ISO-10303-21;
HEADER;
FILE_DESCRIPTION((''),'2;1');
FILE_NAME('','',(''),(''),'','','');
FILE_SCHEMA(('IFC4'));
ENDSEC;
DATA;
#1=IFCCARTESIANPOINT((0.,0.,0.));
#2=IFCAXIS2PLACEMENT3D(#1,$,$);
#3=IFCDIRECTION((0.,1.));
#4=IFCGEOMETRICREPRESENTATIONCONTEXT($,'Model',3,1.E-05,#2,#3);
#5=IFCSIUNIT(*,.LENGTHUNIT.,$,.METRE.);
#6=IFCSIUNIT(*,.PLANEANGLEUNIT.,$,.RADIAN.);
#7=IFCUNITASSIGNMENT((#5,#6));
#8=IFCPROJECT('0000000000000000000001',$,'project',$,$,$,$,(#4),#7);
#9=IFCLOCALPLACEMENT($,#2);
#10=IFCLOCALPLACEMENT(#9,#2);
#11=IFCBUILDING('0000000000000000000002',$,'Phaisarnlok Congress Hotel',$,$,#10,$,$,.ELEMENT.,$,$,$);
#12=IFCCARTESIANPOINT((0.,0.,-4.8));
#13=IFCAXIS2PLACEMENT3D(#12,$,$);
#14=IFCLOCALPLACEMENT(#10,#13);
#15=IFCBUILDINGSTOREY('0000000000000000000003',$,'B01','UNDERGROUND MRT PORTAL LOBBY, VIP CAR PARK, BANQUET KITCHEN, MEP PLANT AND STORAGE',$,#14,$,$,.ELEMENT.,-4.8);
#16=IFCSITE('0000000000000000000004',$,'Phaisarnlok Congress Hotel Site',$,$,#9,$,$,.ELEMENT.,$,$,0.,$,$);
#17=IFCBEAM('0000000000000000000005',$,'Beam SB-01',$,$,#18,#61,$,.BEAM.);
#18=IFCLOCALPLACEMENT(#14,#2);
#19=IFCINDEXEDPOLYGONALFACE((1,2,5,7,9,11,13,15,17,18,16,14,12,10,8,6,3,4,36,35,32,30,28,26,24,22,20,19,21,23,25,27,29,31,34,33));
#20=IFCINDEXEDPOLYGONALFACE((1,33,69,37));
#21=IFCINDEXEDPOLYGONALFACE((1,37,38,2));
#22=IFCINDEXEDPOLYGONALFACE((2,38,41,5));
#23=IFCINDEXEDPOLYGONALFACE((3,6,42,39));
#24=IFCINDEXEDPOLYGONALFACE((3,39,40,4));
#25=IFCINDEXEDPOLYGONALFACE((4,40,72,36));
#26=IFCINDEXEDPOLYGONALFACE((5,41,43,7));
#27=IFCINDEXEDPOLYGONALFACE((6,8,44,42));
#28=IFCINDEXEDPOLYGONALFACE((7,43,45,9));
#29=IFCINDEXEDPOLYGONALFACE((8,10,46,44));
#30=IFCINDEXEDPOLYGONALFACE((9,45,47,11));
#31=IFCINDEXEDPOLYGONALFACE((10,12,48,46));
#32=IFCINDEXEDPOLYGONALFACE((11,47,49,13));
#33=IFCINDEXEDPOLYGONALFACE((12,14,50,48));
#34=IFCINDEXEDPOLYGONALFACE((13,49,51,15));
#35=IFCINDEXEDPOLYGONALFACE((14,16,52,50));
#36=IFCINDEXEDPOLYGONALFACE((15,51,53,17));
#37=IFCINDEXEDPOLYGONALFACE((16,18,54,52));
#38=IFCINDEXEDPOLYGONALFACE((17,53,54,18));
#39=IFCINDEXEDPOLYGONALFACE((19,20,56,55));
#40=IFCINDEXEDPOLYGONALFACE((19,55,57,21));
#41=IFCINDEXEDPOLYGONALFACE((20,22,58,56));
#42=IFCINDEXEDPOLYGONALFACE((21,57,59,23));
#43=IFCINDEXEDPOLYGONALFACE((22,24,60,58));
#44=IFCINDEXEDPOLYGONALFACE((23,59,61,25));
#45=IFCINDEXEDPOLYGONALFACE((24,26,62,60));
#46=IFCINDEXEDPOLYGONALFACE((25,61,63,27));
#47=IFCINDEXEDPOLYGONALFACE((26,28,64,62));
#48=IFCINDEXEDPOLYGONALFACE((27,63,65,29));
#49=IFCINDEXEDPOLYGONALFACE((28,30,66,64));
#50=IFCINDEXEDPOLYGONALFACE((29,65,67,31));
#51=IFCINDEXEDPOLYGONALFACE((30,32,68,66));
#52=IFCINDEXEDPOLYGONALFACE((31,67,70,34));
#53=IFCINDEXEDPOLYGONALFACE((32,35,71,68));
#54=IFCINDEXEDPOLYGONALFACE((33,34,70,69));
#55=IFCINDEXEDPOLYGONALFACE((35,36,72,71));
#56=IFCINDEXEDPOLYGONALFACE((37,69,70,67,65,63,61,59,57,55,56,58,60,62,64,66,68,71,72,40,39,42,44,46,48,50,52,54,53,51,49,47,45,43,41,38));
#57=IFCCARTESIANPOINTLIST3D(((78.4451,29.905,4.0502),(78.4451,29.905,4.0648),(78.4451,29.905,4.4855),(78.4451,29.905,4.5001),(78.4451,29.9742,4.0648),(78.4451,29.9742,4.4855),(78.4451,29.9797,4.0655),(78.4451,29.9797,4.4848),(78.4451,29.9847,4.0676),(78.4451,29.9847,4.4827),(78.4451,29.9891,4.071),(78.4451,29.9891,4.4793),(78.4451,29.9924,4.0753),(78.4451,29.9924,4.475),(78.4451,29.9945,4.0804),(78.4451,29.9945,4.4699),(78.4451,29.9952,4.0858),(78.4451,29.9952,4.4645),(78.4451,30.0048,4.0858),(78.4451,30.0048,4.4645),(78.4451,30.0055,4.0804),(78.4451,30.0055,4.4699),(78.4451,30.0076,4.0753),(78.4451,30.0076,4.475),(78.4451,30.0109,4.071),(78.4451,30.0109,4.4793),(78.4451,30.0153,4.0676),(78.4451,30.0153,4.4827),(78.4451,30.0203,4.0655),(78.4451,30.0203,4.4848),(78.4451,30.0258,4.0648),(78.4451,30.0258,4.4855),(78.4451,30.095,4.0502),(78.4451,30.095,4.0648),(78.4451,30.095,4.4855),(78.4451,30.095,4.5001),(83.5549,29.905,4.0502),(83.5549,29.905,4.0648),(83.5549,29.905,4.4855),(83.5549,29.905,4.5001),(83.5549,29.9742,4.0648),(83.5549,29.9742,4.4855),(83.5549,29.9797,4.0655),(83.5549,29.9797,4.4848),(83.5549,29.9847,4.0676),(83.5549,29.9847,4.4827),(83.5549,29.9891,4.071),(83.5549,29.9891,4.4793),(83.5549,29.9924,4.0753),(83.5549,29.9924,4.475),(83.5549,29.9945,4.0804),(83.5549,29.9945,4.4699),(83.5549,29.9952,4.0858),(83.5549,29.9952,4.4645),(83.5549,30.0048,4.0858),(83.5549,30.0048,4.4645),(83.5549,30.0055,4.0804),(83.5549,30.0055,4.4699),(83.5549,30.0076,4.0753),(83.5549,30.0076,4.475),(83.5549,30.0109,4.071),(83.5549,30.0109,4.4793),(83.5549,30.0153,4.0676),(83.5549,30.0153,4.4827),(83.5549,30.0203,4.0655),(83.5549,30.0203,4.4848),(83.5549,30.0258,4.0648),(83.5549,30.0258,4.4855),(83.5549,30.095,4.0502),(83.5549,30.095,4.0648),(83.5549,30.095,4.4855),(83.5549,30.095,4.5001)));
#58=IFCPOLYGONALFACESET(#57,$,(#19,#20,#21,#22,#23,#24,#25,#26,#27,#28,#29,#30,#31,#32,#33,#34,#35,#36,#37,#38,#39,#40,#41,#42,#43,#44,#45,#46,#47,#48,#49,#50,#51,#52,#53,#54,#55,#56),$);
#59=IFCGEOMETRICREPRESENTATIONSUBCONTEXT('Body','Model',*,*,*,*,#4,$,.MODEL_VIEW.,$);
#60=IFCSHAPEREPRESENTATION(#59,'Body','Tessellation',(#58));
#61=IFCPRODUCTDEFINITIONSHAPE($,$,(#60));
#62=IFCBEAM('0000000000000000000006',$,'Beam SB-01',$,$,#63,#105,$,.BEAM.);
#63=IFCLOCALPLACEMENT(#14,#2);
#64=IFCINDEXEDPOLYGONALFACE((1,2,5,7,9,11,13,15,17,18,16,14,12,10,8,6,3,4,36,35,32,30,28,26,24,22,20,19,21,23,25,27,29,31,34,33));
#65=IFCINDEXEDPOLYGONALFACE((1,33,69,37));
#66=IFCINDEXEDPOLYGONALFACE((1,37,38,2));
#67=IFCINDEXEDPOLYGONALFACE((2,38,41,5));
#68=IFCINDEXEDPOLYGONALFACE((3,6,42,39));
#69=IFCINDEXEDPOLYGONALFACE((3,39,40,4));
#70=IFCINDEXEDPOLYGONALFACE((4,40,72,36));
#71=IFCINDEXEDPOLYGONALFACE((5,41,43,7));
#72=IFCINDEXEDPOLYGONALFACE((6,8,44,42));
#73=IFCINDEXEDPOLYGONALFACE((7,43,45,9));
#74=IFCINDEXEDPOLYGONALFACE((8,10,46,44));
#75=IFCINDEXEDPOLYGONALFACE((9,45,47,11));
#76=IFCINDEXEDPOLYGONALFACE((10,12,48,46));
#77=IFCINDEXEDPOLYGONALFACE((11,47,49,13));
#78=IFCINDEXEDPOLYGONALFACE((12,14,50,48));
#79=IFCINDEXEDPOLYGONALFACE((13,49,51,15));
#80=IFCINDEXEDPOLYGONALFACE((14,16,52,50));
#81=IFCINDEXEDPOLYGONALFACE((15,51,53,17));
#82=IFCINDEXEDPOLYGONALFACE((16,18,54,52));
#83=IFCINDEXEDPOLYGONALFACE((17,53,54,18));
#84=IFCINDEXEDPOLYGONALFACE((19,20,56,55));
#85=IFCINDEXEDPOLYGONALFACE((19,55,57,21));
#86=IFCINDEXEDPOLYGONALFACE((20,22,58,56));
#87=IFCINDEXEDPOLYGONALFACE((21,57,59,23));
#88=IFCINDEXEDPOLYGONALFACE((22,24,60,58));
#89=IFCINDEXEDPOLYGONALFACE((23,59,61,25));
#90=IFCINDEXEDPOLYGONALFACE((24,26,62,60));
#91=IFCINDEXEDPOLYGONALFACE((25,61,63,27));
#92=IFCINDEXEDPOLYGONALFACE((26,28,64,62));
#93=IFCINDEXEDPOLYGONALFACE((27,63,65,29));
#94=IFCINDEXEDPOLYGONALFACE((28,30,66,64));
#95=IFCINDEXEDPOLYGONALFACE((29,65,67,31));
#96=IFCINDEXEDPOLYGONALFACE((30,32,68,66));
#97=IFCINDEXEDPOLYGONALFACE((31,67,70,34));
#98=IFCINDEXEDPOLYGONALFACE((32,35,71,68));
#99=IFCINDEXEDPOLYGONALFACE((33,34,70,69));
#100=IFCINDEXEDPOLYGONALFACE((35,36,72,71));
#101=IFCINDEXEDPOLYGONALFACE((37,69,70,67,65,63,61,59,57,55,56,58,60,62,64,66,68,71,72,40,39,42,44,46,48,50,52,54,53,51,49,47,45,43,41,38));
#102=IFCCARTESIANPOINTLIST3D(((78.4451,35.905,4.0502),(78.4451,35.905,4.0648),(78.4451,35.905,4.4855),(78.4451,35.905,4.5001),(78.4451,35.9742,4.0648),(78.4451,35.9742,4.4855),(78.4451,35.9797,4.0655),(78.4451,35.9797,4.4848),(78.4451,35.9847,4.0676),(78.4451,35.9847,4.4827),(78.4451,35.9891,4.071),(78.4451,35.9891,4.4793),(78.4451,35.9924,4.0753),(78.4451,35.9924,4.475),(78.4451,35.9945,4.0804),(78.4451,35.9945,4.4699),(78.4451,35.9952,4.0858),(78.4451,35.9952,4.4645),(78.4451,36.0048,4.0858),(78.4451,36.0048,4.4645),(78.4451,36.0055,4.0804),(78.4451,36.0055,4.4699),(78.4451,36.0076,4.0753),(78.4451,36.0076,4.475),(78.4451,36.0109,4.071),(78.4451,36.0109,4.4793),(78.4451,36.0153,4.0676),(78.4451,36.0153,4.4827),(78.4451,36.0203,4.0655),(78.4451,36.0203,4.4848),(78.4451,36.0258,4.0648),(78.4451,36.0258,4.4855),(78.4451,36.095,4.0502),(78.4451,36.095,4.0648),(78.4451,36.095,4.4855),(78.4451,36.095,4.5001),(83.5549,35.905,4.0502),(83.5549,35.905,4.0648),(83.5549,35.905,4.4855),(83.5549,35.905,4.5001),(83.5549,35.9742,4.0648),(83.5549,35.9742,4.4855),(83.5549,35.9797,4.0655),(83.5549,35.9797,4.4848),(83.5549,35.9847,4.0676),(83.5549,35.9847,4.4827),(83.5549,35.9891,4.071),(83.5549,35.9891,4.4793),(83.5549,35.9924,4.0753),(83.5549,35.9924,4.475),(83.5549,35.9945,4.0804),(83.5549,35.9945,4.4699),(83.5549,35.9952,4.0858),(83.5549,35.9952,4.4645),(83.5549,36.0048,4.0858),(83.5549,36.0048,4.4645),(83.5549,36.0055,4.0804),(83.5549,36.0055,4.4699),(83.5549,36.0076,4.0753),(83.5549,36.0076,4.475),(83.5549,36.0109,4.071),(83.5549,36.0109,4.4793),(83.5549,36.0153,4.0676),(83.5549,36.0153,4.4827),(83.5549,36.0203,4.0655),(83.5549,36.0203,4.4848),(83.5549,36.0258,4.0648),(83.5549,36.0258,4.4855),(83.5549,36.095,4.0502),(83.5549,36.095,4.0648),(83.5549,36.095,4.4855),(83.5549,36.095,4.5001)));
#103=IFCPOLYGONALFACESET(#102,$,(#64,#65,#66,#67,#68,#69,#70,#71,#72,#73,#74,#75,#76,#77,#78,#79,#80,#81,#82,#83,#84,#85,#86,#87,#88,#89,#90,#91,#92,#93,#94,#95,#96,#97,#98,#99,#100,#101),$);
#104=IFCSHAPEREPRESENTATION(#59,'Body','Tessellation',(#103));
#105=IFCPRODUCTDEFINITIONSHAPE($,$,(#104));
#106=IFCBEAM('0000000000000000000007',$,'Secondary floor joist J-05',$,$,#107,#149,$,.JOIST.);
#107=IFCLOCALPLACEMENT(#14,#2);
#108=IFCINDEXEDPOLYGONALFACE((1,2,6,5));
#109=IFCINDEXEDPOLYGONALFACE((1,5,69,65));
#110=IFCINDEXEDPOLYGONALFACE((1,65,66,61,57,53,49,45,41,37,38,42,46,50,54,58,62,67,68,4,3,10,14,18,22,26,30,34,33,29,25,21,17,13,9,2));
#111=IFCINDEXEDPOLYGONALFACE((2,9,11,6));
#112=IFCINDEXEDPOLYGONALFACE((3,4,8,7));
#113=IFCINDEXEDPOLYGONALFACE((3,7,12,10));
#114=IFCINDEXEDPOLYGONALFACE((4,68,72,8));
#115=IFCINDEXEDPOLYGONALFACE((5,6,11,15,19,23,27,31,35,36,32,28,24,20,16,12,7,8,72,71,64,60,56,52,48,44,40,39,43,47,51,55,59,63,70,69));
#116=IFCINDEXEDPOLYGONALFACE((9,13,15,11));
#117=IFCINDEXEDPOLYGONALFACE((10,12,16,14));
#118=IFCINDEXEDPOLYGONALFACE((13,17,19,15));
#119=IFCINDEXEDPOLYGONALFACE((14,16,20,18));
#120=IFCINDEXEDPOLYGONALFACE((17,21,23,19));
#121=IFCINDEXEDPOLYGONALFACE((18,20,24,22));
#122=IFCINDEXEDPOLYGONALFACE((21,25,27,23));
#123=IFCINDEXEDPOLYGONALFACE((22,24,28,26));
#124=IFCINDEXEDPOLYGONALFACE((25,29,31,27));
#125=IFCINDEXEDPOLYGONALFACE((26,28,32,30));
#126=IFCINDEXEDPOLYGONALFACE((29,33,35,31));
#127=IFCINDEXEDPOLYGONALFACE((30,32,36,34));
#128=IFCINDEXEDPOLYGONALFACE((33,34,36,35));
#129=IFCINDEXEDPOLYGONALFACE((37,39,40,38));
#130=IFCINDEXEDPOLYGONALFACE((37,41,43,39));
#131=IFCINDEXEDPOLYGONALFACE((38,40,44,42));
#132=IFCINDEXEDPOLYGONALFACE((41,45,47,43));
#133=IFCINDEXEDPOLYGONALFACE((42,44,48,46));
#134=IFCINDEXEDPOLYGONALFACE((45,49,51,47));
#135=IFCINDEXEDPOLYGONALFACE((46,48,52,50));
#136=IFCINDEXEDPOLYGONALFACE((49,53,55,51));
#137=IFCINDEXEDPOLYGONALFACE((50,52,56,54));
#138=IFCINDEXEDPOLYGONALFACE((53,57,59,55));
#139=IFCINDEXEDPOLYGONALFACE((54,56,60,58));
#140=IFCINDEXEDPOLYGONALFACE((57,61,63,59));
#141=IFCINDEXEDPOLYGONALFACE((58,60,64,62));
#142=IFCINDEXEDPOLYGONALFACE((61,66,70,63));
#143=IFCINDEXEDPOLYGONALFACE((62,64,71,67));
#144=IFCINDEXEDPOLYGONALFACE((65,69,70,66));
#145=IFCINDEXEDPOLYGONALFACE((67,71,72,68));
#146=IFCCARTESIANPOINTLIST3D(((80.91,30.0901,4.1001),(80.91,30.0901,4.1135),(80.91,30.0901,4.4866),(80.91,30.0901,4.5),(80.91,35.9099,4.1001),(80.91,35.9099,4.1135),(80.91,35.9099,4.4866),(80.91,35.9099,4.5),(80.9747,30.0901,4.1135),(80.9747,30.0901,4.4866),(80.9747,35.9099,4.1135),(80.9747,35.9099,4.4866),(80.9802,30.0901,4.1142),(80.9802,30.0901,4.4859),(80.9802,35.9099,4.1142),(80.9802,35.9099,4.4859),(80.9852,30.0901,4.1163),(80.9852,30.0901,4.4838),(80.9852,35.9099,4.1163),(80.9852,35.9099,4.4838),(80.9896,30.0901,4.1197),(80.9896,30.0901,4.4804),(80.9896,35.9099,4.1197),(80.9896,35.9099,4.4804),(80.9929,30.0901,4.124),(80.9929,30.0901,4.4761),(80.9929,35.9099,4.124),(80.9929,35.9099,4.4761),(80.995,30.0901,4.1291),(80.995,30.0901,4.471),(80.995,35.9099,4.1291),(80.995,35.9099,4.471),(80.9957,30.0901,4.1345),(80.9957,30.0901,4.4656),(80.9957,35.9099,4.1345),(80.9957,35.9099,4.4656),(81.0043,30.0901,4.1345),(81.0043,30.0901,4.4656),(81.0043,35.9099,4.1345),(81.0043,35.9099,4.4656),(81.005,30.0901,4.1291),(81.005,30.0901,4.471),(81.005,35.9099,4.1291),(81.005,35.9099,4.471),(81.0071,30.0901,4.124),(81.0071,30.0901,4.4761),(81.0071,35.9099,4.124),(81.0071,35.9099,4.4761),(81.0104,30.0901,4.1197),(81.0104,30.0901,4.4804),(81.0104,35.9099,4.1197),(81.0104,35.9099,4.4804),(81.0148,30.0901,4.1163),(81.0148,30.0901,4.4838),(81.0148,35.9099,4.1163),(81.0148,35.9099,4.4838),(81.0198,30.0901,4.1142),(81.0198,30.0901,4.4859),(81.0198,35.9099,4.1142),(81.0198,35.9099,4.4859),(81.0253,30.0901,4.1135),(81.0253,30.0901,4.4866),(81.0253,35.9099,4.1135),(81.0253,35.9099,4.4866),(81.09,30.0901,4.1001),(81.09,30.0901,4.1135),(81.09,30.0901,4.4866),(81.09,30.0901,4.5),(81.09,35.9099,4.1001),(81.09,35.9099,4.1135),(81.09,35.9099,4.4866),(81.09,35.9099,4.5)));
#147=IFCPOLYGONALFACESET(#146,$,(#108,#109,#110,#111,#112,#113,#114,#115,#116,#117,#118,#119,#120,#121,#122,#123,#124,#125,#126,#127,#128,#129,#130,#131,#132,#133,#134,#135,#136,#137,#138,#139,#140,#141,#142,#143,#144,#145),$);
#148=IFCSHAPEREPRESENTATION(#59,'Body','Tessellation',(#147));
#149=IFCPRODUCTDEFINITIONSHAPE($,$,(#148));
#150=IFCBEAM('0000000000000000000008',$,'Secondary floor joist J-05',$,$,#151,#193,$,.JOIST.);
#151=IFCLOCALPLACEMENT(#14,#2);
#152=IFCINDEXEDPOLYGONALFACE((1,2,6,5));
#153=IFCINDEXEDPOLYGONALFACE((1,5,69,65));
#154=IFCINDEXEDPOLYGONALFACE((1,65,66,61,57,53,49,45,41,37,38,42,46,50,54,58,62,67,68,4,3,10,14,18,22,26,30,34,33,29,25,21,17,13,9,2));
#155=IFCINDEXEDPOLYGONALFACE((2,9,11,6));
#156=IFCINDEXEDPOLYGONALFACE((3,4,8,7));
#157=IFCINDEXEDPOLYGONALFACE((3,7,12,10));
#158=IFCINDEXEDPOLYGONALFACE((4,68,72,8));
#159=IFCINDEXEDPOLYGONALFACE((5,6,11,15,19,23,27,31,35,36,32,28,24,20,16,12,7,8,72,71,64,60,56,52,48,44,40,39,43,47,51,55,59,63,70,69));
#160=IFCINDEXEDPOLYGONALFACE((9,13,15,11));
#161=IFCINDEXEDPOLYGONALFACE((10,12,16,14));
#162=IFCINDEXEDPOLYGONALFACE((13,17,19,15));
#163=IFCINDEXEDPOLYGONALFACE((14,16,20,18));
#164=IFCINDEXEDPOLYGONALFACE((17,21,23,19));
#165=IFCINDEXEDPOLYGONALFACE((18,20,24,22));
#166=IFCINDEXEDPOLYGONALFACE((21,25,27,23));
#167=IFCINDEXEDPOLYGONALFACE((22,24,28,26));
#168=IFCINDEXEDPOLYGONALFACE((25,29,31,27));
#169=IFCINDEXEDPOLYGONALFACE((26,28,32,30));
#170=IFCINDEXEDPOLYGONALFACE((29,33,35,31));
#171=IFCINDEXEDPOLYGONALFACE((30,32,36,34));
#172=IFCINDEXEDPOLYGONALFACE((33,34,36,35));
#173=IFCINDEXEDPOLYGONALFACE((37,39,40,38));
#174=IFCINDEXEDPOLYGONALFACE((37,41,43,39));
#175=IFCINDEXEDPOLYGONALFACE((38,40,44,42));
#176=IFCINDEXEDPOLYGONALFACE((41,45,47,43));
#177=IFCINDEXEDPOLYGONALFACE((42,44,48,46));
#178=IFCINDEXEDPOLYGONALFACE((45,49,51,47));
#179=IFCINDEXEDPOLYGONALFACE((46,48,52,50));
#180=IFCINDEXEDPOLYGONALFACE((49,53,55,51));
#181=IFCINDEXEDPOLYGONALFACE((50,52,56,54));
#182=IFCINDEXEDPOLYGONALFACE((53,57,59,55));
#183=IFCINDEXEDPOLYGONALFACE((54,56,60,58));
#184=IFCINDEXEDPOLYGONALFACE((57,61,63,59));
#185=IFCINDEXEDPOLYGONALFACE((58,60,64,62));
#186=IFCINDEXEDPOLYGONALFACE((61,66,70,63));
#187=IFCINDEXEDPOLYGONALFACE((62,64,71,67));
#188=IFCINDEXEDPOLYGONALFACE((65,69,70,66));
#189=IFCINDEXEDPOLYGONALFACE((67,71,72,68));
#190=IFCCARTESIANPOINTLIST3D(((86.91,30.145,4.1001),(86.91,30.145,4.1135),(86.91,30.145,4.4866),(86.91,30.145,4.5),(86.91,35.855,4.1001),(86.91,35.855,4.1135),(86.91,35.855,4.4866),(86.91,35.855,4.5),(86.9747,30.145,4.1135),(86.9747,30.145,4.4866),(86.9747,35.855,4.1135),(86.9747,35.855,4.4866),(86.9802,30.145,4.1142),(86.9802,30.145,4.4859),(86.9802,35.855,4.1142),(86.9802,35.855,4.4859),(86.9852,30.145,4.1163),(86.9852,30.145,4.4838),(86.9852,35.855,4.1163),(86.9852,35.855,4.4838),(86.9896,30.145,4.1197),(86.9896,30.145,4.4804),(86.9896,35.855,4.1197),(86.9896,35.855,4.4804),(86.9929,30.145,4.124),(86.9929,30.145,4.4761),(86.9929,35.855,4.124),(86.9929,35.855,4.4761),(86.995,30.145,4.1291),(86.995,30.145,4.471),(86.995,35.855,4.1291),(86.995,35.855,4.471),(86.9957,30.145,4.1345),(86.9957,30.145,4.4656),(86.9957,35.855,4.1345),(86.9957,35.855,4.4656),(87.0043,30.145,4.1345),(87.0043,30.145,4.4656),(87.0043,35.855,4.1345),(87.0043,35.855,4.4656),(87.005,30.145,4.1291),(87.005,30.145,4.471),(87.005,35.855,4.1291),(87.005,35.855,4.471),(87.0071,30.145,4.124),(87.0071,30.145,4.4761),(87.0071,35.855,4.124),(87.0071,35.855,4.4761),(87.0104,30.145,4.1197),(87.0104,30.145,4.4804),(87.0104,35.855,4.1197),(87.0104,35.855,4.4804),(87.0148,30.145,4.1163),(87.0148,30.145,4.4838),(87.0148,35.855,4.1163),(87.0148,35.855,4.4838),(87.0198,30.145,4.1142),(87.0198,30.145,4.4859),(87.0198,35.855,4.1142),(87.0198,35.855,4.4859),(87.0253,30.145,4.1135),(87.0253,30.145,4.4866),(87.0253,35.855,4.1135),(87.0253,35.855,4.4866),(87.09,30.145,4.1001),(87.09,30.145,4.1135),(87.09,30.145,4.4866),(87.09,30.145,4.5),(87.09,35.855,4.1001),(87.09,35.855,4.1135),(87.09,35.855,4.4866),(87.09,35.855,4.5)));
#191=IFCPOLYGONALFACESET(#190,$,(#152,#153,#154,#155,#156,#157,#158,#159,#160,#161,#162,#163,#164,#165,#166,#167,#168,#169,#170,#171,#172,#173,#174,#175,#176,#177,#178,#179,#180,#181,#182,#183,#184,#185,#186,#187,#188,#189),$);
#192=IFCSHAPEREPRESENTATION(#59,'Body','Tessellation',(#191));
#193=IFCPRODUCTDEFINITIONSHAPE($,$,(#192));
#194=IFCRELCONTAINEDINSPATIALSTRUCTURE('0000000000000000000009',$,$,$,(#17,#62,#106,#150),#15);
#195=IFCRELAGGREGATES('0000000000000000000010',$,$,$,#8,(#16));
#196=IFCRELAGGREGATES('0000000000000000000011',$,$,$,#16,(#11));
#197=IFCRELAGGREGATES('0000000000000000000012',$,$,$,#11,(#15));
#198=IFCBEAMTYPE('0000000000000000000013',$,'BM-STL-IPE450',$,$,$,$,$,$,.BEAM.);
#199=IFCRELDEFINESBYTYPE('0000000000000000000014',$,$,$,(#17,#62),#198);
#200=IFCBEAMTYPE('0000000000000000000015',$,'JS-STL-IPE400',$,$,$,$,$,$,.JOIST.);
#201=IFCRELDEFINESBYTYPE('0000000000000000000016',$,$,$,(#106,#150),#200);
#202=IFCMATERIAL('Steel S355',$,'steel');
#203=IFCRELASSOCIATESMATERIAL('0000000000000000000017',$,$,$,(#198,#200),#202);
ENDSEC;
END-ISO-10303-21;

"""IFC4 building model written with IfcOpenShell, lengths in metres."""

from ifc_helpers import new_model, si_unit, direction, frame, origin, origin_2d, place, context, subcontext, project, spatial, i_section, extrude, material, material_profile, profile_set, type_object, element, save


model = new_model("IFC4")

# Units and contexts
model_context = context("Model", 3, precision=1e-05, world=origin(), true_north=direction((0.0, 1.0)))
body_context = subcontext(model_context, "Body", "Model", "MODEL_VIEW")
ifc_project = project(units=[si_unit("LENGTHUNIT", "METRE"), si_unit("PLANEANGLEUNIT", "RADIAN")], contexts=[model_context])

# Site, building, storey
site_placement = place(None, origin())
site = spatial("IfcSite", under=ifc_project, at=site_placement, Name="Phaisarnlok Congress Hotel Site", CompositionType="ELEMENT", RefElevation=0.0)
building_placement = place(site_placement, origin())
building = spatial("IfcBuilding", under=site, at=building_placement, Name="Phaisarnlok Congress Hotel", CompositionType="ELEMENT")
storey_placement = place(building_placement, frame((0.0, 0.0, -4.8)))
storey = spatial("IfcBuildingStorey", under=building, at=storey_placement, Name="B01", Description="UNDERGROUND MRT PORTAL LOBBY, VIP CAR PARK, BANQUET KITCHEN, MEP PLANT AND STORAGE", CompositionType="ELEMENT", Elevation=-4.8)

# Beams
ifc_material_1 = material(Name="Steel S355", Category="steel")
ifc_material_profile_1 = material_profile(ifc_material_1, i_section(OverallWidth=0.1899, OverallDepth=0.45, WebThickness=0.0095, FlangeThickness=0.0146, FilletRadius=0.021, at=origin_2d()), Name="IPE 450")
ifc_profile_set_1 = profile_set([ifc_material_profile_1], Name="Steel S355")
beam_type_1 = type_object("IfcBeamType", Name="BM-STL-IPE450", PredefinedType="BEAM", material=ifc_profile_set_1)
for number, where, z_axis, x_axis, name in (
    (1, (78.4451, 30.0, 4.2751), (1.0, 0.0, 0.0), (0.0, 1.0, 0.0), "Beam SB-01"),
    (2, (78.4451, 36.0, 4.2751), (1.0, 0.0, 0.0), (0.0, 1.0, 0.0), "Beam SB-01"),
):
    element("IfcBeam", number, at=place(storey_placement, frame(where, z_axis=z_axis, x_axis=x_axis)), inside=storey, type_object=beam_type_1, Name=name, PredefinedType="BEAM", context=body_context, shape_type="SweptSolid", body=[
        extrude(i_section(OverallWidth=0.1899, OverallDepth=0.45, WebThickness=0.0095, FlangeThickness=0.0146, FilletRadius=0.021, at=origin_2d()), origin(), (0.0, 0.0, 1.0), 5.1099),
    ])
ifc_material_profile_2 = material_profile(ifc_material_1, i_section(OverallWidth=0.1799, OverallDepth=0.3999, WebThickness=0.0085, FlangeThickness=0.0134, FilletRadius=0.021, at=origin_2d()), Name="IPE 400")
ifc_profile_set_2 = profile_set([ifc_material_profile_2], Name="Steel S355")
beam_type_2 = type_object("IfcBeamType", Name="JS-STL-IPE400", PredefinedType="JOIST", material=ifc_profile_set_2)
beam_1_placement = place(storey_placement, frame((81.0, 30.0901, 4.3), z_axis=(0.0, 1.0, 0.0), x_axis=(-1.0, 0.0, 0.0)))
element("IfcBeam", 3, at=beam_1_placement, inside=storey, type_object=beam_type_2, Name="Secondary floor joist J-05", PredefinedType="JOIST", context=body_context, shape_type="SweptSolid", body=[
    extrude(i_section(OverallWidth=0.1799, OverallDepth=0.3999, WebThickness=0.0085, FlangeThickness=0.0134, FilletRadius=0.021, at=origin_2d()), origin(), (0.0, 0.0, 1.0), 5.8198),
])
beam_2_placement = place(storey_placement, frame((87.0, 30.145, 4.3), z_axis=(0.0, 1.0, 0.0), x_axis=(-1.0, 0.0, 0.0)))
element("IfcBeam", 4, at=beam_2_placement, inside=storey, type_object=beam_type_2, Name="Secondary floor joist J-05", PredefinedType="JOIST", context=body_context, shape_type="SweptSolid", body=[
    extrude(i_section(OverallWidth=0.1799, OverallDepth=0.3999, WebThickness=0.0085, FlangeThickness=0.0134, FilletRadius=0.021, at=origin_2d()), origin(), (0.0, 0.0, 1.0), 5.71),
])

save(model, "model.ifc")
